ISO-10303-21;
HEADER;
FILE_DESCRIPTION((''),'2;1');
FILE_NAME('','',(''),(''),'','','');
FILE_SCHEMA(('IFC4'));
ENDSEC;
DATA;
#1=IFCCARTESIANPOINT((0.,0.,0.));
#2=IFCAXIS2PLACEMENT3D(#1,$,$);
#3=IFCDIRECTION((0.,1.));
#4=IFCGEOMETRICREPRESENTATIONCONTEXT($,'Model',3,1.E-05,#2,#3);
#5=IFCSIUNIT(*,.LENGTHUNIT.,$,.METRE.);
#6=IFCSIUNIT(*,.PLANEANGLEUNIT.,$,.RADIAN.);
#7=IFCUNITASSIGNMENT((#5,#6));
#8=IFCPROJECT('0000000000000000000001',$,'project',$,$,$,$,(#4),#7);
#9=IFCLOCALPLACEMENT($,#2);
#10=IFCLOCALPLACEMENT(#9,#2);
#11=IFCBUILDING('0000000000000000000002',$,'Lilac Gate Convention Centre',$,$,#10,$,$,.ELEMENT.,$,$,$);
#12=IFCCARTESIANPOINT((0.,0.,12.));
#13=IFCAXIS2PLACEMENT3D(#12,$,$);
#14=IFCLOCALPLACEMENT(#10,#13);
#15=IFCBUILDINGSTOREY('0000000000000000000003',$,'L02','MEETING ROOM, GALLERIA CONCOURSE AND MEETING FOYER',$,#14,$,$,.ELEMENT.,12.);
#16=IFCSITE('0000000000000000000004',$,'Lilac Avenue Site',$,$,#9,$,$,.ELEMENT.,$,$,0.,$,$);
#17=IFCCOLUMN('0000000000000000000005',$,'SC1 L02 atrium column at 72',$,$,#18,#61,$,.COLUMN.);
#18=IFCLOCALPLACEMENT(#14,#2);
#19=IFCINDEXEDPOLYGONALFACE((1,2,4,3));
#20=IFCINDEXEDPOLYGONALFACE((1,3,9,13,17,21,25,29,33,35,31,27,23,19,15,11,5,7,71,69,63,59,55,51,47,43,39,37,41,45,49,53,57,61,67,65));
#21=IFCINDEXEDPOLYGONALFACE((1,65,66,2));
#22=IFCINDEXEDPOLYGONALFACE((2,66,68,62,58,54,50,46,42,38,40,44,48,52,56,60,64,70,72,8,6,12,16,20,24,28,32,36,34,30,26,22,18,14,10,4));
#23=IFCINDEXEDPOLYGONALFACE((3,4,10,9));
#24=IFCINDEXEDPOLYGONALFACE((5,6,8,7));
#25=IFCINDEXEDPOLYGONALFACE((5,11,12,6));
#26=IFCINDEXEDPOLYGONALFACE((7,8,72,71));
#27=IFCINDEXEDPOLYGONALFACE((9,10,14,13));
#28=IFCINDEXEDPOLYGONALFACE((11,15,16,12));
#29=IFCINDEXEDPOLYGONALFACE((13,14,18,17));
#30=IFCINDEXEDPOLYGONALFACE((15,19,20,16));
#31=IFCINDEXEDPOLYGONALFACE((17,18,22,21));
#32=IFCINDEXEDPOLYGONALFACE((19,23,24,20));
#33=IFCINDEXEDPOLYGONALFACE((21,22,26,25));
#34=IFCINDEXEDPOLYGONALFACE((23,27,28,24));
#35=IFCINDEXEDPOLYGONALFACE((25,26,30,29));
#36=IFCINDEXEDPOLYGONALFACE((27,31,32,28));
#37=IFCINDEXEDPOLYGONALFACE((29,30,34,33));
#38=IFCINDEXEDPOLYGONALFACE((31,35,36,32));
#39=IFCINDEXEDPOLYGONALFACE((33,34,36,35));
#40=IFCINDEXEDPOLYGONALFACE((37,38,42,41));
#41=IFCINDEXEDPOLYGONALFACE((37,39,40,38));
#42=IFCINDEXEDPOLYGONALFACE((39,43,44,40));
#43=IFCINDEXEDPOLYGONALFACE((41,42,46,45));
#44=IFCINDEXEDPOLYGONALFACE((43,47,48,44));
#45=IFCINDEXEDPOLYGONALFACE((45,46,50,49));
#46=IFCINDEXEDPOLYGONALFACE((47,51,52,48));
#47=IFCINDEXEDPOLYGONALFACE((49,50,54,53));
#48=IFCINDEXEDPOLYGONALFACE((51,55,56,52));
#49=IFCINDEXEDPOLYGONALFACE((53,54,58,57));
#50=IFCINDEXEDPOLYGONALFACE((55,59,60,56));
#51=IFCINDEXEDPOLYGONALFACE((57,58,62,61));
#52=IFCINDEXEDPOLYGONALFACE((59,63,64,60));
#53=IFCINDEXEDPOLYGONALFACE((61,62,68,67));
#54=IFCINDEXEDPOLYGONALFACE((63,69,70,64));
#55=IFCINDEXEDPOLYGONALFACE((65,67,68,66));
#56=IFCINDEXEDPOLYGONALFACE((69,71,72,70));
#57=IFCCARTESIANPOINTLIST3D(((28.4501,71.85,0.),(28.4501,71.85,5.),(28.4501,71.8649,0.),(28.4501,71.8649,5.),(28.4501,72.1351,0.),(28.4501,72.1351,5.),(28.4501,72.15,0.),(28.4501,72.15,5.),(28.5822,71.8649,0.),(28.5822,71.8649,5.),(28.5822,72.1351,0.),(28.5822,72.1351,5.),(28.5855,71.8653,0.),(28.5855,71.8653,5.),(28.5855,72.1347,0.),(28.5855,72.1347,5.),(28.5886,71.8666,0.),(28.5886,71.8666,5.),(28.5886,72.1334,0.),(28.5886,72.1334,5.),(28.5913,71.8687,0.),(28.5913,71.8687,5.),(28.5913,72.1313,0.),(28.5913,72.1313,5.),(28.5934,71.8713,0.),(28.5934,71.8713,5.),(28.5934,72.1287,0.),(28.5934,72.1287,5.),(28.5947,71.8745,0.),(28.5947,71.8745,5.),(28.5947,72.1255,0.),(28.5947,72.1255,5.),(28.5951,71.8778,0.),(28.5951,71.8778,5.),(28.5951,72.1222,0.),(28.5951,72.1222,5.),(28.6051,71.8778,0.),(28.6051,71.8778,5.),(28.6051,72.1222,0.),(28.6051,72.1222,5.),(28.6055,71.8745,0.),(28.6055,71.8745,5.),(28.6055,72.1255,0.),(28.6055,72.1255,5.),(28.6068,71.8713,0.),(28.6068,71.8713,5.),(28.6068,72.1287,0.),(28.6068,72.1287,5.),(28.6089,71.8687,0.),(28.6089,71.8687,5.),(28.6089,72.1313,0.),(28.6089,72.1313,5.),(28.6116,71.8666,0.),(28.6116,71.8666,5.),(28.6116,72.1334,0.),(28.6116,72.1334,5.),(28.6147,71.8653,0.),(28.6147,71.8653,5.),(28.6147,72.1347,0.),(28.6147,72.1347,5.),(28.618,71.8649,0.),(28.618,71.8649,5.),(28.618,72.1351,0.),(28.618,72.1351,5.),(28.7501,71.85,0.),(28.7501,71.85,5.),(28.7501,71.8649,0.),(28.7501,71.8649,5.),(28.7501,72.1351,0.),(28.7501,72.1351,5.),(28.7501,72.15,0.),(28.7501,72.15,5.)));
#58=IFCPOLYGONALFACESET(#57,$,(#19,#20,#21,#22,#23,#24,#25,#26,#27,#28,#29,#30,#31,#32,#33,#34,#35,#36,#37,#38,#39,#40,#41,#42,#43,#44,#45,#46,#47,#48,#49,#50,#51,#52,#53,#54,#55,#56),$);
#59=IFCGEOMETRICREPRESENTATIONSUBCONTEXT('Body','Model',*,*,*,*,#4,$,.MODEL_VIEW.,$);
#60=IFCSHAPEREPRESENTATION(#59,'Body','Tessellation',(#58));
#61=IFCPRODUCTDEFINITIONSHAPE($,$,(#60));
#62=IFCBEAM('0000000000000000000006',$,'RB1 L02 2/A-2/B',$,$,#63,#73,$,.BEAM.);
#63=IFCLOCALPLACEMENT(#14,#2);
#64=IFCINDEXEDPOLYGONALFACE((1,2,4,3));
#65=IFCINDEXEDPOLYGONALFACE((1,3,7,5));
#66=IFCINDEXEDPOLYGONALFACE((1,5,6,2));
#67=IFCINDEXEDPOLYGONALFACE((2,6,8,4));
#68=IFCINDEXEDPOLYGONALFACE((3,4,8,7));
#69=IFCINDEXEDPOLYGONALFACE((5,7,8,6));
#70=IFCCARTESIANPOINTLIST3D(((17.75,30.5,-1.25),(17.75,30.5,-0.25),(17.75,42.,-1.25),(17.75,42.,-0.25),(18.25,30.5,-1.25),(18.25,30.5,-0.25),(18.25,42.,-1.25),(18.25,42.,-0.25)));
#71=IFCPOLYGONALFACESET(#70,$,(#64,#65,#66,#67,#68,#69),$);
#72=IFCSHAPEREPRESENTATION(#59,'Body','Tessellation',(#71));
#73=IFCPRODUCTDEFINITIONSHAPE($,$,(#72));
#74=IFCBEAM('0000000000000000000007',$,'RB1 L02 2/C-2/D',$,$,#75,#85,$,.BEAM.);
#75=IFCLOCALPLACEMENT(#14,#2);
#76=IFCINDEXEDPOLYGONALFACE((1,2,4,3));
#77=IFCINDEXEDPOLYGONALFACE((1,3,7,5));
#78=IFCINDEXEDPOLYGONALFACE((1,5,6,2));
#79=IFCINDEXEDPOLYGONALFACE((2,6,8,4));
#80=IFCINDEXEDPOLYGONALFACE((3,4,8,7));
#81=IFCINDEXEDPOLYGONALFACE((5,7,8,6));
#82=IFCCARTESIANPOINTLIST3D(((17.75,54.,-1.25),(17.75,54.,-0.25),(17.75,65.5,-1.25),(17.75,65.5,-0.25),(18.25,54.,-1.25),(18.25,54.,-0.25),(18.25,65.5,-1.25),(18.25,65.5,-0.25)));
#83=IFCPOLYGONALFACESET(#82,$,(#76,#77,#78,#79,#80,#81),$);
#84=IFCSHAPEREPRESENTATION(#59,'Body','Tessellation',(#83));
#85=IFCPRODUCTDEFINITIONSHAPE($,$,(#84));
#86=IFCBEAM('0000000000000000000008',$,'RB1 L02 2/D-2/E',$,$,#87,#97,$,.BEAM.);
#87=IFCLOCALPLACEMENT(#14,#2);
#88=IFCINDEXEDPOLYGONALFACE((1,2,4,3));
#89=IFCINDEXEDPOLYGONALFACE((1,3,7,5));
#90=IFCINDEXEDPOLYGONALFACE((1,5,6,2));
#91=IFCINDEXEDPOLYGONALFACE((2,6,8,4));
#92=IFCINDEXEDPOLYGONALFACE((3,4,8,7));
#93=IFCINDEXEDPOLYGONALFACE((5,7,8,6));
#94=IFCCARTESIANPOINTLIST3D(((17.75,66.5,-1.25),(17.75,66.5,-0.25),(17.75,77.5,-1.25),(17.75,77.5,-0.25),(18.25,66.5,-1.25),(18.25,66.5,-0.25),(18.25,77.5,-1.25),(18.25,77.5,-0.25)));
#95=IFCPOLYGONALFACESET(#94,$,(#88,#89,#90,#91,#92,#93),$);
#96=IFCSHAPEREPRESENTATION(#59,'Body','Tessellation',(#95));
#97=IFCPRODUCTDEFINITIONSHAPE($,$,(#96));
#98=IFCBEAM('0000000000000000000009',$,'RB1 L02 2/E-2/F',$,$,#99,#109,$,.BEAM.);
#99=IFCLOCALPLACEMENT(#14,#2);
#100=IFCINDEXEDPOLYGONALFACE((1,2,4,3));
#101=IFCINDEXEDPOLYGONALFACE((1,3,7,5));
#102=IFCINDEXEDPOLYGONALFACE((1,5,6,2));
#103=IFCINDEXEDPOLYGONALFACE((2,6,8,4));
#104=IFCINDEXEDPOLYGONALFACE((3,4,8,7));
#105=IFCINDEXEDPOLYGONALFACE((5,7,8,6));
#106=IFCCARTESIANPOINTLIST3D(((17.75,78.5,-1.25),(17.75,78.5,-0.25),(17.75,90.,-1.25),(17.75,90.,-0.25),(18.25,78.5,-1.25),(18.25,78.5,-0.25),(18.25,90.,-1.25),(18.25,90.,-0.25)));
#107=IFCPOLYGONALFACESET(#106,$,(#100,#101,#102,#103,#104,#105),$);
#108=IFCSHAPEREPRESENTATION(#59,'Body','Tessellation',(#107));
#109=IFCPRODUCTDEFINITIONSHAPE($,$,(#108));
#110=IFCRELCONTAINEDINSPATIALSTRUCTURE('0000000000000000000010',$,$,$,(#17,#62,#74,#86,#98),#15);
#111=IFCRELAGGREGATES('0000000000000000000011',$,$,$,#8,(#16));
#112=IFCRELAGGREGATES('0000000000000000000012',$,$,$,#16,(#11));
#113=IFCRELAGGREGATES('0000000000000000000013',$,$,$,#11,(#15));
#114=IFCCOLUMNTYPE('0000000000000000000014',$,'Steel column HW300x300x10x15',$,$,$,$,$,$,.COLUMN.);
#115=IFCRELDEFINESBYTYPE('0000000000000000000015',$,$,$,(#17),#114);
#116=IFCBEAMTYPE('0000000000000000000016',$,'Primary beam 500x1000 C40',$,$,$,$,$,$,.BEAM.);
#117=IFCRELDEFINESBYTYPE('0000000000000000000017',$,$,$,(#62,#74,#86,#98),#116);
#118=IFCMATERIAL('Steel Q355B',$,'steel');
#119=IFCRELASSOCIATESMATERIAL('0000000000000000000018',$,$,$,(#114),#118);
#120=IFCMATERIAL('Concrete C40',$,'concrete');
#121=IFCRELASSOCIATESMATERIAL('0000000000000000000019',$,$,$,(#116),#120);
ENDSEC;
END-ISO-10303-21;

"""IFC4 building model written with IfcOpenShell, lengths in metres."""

from ifc_helpers import new_model, si_unit, direction, frame, origin, origin_2d, place, context, subcontext, project, spatial, rectangle, i_section, extrude, material, material_profile, profile_set, type_object, element, save


model = new_model("IFC4")

# Units and contexts
model_context = context("Model", 3, precision=1e-05, world=origin(), true_north=direction((0.0, 1.0)))
body_context = subcontext(model_context, "Body", "Model", "MODEL_VIEW")
ifc_project = project(units=[si_unit("LENGTHUNIT", "METRE"), si_unit("PLANEANGLEUNIT", "RADIAN")], contexts=[model_context])

# Site, building, storey
site_placement = place(None, origin())
site = spatial("IfcSite", under=ifc_project, at=site_placement, Name="Lilac Avenue Site", CompositionType="ELEMENT", RefElevation=0.0)
building_placement = place(site_placement, origin())
building = spatial("IfcBuilding", under=site, at=building_placement, Name="Lilac Gate Convention Centre", CompositionType="ELEMENT")
storey_placement = place(building_placement, frame((0.0, 0.0, 12.0)))
storey = spatial("IfcBuildingStorey", under=building, at=storey_placement, Name="L02", Description="MEETING ROOM, GALLERIA CONCOURSE AND MEETING FOYER", CompositionType="ELEMENT", Elevation=12.0)

# Column
ifc_material_1 = material(Name="Concrete C40", Category="concrete")
ifc_material_2 = material(Name="Steel Q355B", Category="steel")
ifc_material_profile_1 = material_profile(ifc_material_2, i_section(OverallWidth=0.3, OverallDepth=0.3, WebThickness=0.01, FlangeThickness=0.0149, FilletRadius=0.0129, at=origin_2d()), Name="HW300x300x10x15")
ifc_profile_set_1 = profile_set([ifc_material_profile_1], Name="Steel Q355B")
column_type_1 = type_object("IfcColumnType", Name="Steel column HW300x300x10x15", PredefinedType="COLUMN", material=ifc_profile_set_1)
for number, where, z_axis, x_axis, name in (
    (1, (28.6001, 72.0, 0.0), (0.0, 0.0, 1.0), (1.0, 0.0, 0.0), "SC1 L02 atrium column at 72"),
):
    element("IfcColumn", number, at=place(storey_placement, frame(where, z_axis=z_axis, x_axis=x_axis)), inside=storey, type_object=column_type_1, Name=name, PredefinedType="COLUMN", context=body_context, shape_type="SweptSolid", body=[
        extrude(i_section(OverallWidth=0.3, OverallDepth=0.3, WebThickness=0.01, FlangeThickness=0.0149, FilletRadius=0.0129, at=origin_2d()), origin(), (0.0, 0.0, 1.0), 5.0),
    ])

# Beams
ifc_material_profile_2 = material_profile(ifc_material_1, rectangle(XDim=0.5, YDim=1.0, at=origin_2d()), Name="RC 500x1000")
ifc_profile_set_2 = profile_set([ifc_material_profile_2], Name="Concrete C40")
beam_type = type_object("IfcBeamType", Name="Primary beam 500x1000 C40", PredefinedType="BEAM", material=ifc_profile_set_2)
for number, where, z_axis, x_axis, name in (
    (2, (18.0, 30.5, -0.75), (0.0, 1.0, 0.0), (-1.0, 0.0, 0.0), "RB1 L02 2/A-2/B"),
    (3, (18.0, 54.0, -0.75), (0.0, 1.0, 0.0), (-1.0, 0.0, 0.0), "RB1 L02 2/C-2/D"),
):
    element("IfcBeam", number, at=place(storey_placement, frame(where, z_axis=z_axis, x_axis=x_axis)), inside=storey, type_object=beam_type, Name=name, PredefinedType="BEAM", context=body_context, shape_type="SweptSolid", body=[
        extrude(rectangle(XDim=0.5, YDim=1.0, at=origin_2d()), origin(), (0.0, 0.0, 1.0), 11.5),
    ])
beam_1_placement = place(storey_placement, frame((18.0, 66.5, -0.75), z_axis=(0.0, 1.0, 0.0), x_axis=(-1.0, 0.0, 0.0)))
element("IfcBeam", 4, at=beam_1_placement, inside=storey, type_object=beam_type, Name="RB1 L02 2/D-2/E", PredefinedType="BEAM", context=body_context, shape_type="SweptSolid", body=[
    extrude(rectangle(XDim=0.5, YDim=1.0, at=origin_2d()), origin(), (0.0, 0.0, 1.0), 11.0),
])
beam_2_placement = place(storey_placement, frame((18.0, 78.5, -0.75), z_axis=(0.0, 1.0, 0.0), x_axis=(-1.0, 0.0, 0.0)))
element("IfcBeam", 5, at=beam_2_placement, inside=storey, type_object=beam_type, Name="RB1 L02 2/E-2/F", PredefinedType="BEAM", context=body_context, shape_type="SweptSolid", body=[
    extrude(rectangle(XDim=0.5, YDim=1.0, at=origin_2d()), origin(), (0.0, 0.0, 1.0), 11.5),
])

save(model, "model.ifc")
